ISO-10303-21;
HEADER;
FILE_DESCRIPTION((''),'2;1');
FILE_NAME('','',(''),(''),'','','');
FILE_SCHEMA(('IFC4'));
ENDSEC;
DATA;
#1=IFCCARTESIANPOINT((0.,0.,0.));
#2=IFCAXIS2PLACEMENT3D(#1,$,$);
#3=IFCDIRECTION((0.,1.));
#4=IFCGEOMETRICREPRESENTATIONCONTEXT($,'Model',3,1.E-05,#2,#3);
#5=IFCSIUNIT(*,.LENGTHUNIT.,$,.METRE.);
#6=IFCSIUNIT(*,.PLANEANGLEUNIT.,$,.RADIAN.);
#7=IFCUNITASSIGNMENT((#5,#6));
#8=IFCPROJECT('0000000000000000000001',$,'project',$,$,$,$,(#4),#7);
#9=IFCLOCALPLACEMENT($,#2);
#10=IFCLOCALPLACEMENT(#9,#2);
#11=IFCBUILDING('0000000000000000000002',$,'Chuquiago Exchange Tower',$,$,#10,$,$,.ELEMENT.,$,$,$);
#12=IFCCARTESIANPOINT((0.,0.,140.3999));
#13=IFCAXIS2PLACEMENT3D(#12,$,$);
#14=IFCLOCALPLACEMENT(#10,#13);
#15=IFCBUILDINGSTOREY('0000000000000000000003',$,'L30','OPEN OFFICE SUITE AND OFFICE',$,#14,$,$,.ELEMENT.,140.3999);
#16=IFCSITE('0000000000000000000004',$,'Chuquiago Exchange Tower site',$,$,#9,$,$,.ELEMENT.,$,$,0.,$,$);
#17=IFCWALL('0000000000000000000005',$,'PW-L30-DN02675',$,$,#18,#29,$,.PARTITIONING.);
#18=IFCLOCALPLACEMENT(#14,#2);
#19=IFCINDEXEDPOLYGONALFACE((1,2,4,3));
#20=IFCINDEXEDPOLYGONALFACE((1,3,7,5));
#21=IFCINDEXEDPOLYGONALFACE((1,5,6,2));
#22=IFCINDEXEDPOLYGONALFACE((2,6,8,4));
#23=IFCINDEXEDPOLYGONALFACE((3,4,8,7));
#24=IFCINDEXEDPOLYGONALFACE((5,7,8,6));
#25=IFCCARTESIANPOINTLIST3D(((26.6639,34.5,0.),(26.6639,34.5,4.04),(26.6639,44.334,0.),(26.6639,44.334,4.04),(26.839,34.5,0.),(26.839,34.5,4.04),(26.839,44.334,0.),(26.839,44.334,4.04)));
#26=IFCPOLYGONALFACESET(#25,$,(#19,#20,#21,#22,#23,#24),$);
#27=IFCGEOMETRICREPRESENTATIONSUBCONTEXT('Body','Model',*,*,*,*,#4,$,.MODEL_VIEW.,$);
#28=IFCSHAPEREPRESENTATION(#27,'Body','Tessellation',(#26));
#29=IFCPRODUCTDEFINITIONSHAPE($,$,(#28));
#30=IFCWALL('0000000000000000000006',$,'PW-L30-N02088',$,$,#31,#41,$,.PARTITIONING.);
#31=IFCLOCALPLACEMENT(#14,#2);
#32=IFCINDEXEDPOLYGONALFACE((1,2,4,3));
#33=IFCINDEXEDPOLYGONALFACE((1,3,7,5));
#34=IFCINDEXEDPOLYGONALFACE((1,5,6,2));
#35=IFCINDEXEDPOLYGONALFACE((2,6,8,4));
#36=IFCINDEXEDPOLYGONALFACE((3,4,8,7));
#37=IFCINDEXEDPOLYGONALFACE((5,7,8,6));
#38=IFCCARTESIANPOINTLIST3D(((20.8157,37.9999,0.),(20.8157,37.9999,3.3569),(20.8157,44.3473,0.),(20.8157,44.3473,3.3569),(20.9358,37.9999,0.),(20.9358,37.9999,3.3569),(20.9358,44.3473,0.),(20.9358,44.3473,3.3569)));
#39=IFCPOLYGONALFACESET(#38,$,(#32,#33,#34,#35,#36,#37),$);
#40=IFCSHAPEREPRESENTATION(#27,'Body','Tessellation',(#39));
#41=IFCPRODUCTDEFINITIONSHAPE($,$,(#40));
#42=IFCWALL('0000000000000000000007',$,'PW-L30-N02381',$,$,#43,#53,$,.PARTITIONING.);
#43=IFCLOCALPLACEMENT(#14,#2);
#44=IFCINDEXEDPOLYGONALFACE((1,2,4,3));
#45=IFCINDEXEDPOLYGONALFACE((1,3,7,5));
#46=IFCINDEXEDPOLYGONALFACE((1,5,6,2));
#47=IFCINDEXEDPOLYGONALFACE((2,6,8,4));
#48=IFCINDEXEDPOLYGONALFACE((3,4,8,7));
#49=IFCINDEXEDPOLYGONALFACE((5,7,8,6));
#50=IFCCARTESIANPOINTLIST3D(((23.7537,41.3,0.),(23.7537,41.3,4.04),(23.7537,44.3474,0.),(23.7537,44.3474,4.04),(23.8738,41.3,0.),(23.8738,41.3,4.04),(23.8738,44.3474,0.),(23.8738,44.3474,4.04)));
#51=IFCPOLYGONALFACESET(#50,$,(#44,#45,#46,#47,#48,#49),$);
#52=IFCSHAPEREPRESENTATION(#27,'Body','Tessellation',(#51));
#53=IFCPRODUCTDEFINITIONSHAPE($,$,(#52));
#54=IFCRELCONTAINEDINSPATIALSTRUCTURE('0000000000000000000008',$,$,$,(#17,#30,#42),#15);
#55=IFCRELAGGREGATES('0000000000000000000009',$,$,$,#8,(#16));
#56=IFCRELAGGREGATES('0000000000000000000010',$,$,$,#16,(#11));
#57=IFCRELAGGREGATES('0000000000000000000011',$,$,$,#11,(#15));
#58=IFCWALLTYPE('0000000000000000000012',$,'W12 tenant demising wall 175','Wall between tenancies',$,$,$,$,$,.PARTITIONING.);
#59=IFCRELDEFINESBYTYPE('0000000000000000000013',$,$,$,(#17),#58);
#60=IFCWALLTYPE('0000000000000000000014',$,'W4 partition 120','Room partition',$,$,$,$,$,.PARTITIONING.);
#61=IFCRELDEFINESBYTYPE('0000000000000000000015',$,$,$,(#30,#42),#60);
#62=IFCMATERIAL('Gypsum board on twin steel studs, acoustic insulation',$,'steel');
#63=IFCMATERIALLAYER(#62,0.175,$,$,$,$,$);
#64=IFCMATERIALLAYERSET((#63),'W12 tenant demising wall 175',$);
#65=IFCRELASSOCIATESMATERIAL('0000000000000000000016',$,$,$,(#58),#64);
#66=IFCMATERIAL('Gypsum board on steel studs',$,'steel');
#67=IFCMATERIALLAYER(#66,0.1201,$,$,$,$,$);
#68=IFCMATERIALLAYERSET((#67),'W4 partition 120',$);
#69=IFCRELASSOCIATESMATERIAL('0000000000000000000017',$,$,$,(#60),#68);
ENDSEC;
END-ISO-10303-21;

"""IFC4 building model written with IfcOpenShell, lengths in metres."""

from ifc_helpers import new_model, si_unit, direction, frame, frame_2d, origin, place, context, subcontext, project, spatial, rectangle, extrude, material, layer, layer_set, type_object, element, save


model = new_model("IFC4")

# Units and contexts
model_context = context("Model", 3, precision=1e-05, world=origin(), true_north=direction((0.0, 1.0)))
body_context = subcontext(model_context, "Body", "Model", "MODEL_VIEW")
ifc_project = project(units=[si_unit("LENGTHUNIT", "METRE"), si_unit("PLANEANGLEUNIT", "RADIAN")], contexts=[model_context])

# Site, building, storey
site_placement = place(None, origin())
site = spatial("IfcSite", under=ifc_project, at=site_placement, Name="Chuquiago Exchange Tower site", CompositionType="ELEMENT", RefElevation=0.0)
building_placement = place(site_placement, origin())
building = spatial("IfcBuilding", under=site, at=building_placement, Name="Chuquiago Exchange Tower", CompositionType="ELEMENT")
storey_placement = place(building_placement, frame((0.0, 0.0, 140.3999)))
storey = spatial("IfcBuildingStorey", under=building, at=storey_placement, Name="L30", Description="OPEN OFFICE SUITE AND OFFICE", CompositionType="ELEMENT", Elevation=140.3999)

# Walls
ifc_material_1 = material(Name="Gypsum board on twin steel studs, acoustic insulation", Category="steel")
ifc_layer_1 = layer(ifc_material_1, 0.175)
ifc_layer_set_1 = layer_set([ifc_layer_1], Name="W12 tenant demising wall 175")
wall_type_1 = type_object("IfcWallType", Name="W12 tenant demising wall 175", Description="Wall between tenancies", PredefinedType="PARTITIONING", material=ifc_layer_set_1)
wall_1_placement = place(storey_placement, frame((26.7515, 44.334, 0.0), z_axis=(0.0, 0.0, 1.0), x_axis=(0.0, -1.0, 0.0)))
element("IfcWall", 1, at=wall_1_placement, inside=storey, type_object=wall_type_1, Name="PW-L30-DN02675", PredefinedType="PARTITIONING", context=body_context, shape_type="SweptSolid", body=[
    extrude(rectangle(XDim=9.834, YDim=0.175, at=frame_2d((4.917, 0.0))), origin(), (0.0, 0.0, 1.0), 4.04),
])
ifc_material_2 = material(Name="Gypsum board on steel studs", Category="steel")
ifc_layer_2 = layer(ifc_material_2, 0.1201)
ifc_layer_set_2 = layer_set([ifc_layer_2], Name="W4 partition 120")
wall_type_2 = type_object("IfcWallType", Name="W4 partition 120", Description="Room partition", PredefinedType="PARTITIONING", material=ifc_layer_set_2)
wall_2_placement = place(storey_placement, frame((20.8757, 44.3474, 0.0), z_axis=(0.0, 0.0, 1.0), x_axis=(0.0, -1.0, 0.0)))
element("IfcWall", 2, at=wall_2_placement, inside=storey, type_object=wall_type_2, Name="PW-L30-N02088", PredefinedType="PARTITIONING", context=body_context, shape_type="SweptSolid", body=[
    extrude(rectangle(XDim=6.3474, YDim=0.1201, at=frame_2d((3.1738, 0.0))), origin(), (0.0, 0.0, 1.0), 3.3569),
])
wall_3_placement = place(storey_placement, frame((23.8137, 44.3474, 0.0), z_axis=(0.0, 0.0, 1.0), x_axis=(0.0, -1.0, 0.0)))
element("IfcWall", 3, at=wall_3_placement, inside=storey, type_object=wall_type_2, Name="PW-L30-N02381", PredefinedType="PARTITIONING", context=body_context, shape_type="SweptSolid", body=[
    extrude(rectangle(XDim=3.0474, YDim=0.1201, at=frame_2d((1.5237, 0.0))), origin(), (0.0, 0.0, 1.0), 4.04),
])

save(model, "model.ifc")
